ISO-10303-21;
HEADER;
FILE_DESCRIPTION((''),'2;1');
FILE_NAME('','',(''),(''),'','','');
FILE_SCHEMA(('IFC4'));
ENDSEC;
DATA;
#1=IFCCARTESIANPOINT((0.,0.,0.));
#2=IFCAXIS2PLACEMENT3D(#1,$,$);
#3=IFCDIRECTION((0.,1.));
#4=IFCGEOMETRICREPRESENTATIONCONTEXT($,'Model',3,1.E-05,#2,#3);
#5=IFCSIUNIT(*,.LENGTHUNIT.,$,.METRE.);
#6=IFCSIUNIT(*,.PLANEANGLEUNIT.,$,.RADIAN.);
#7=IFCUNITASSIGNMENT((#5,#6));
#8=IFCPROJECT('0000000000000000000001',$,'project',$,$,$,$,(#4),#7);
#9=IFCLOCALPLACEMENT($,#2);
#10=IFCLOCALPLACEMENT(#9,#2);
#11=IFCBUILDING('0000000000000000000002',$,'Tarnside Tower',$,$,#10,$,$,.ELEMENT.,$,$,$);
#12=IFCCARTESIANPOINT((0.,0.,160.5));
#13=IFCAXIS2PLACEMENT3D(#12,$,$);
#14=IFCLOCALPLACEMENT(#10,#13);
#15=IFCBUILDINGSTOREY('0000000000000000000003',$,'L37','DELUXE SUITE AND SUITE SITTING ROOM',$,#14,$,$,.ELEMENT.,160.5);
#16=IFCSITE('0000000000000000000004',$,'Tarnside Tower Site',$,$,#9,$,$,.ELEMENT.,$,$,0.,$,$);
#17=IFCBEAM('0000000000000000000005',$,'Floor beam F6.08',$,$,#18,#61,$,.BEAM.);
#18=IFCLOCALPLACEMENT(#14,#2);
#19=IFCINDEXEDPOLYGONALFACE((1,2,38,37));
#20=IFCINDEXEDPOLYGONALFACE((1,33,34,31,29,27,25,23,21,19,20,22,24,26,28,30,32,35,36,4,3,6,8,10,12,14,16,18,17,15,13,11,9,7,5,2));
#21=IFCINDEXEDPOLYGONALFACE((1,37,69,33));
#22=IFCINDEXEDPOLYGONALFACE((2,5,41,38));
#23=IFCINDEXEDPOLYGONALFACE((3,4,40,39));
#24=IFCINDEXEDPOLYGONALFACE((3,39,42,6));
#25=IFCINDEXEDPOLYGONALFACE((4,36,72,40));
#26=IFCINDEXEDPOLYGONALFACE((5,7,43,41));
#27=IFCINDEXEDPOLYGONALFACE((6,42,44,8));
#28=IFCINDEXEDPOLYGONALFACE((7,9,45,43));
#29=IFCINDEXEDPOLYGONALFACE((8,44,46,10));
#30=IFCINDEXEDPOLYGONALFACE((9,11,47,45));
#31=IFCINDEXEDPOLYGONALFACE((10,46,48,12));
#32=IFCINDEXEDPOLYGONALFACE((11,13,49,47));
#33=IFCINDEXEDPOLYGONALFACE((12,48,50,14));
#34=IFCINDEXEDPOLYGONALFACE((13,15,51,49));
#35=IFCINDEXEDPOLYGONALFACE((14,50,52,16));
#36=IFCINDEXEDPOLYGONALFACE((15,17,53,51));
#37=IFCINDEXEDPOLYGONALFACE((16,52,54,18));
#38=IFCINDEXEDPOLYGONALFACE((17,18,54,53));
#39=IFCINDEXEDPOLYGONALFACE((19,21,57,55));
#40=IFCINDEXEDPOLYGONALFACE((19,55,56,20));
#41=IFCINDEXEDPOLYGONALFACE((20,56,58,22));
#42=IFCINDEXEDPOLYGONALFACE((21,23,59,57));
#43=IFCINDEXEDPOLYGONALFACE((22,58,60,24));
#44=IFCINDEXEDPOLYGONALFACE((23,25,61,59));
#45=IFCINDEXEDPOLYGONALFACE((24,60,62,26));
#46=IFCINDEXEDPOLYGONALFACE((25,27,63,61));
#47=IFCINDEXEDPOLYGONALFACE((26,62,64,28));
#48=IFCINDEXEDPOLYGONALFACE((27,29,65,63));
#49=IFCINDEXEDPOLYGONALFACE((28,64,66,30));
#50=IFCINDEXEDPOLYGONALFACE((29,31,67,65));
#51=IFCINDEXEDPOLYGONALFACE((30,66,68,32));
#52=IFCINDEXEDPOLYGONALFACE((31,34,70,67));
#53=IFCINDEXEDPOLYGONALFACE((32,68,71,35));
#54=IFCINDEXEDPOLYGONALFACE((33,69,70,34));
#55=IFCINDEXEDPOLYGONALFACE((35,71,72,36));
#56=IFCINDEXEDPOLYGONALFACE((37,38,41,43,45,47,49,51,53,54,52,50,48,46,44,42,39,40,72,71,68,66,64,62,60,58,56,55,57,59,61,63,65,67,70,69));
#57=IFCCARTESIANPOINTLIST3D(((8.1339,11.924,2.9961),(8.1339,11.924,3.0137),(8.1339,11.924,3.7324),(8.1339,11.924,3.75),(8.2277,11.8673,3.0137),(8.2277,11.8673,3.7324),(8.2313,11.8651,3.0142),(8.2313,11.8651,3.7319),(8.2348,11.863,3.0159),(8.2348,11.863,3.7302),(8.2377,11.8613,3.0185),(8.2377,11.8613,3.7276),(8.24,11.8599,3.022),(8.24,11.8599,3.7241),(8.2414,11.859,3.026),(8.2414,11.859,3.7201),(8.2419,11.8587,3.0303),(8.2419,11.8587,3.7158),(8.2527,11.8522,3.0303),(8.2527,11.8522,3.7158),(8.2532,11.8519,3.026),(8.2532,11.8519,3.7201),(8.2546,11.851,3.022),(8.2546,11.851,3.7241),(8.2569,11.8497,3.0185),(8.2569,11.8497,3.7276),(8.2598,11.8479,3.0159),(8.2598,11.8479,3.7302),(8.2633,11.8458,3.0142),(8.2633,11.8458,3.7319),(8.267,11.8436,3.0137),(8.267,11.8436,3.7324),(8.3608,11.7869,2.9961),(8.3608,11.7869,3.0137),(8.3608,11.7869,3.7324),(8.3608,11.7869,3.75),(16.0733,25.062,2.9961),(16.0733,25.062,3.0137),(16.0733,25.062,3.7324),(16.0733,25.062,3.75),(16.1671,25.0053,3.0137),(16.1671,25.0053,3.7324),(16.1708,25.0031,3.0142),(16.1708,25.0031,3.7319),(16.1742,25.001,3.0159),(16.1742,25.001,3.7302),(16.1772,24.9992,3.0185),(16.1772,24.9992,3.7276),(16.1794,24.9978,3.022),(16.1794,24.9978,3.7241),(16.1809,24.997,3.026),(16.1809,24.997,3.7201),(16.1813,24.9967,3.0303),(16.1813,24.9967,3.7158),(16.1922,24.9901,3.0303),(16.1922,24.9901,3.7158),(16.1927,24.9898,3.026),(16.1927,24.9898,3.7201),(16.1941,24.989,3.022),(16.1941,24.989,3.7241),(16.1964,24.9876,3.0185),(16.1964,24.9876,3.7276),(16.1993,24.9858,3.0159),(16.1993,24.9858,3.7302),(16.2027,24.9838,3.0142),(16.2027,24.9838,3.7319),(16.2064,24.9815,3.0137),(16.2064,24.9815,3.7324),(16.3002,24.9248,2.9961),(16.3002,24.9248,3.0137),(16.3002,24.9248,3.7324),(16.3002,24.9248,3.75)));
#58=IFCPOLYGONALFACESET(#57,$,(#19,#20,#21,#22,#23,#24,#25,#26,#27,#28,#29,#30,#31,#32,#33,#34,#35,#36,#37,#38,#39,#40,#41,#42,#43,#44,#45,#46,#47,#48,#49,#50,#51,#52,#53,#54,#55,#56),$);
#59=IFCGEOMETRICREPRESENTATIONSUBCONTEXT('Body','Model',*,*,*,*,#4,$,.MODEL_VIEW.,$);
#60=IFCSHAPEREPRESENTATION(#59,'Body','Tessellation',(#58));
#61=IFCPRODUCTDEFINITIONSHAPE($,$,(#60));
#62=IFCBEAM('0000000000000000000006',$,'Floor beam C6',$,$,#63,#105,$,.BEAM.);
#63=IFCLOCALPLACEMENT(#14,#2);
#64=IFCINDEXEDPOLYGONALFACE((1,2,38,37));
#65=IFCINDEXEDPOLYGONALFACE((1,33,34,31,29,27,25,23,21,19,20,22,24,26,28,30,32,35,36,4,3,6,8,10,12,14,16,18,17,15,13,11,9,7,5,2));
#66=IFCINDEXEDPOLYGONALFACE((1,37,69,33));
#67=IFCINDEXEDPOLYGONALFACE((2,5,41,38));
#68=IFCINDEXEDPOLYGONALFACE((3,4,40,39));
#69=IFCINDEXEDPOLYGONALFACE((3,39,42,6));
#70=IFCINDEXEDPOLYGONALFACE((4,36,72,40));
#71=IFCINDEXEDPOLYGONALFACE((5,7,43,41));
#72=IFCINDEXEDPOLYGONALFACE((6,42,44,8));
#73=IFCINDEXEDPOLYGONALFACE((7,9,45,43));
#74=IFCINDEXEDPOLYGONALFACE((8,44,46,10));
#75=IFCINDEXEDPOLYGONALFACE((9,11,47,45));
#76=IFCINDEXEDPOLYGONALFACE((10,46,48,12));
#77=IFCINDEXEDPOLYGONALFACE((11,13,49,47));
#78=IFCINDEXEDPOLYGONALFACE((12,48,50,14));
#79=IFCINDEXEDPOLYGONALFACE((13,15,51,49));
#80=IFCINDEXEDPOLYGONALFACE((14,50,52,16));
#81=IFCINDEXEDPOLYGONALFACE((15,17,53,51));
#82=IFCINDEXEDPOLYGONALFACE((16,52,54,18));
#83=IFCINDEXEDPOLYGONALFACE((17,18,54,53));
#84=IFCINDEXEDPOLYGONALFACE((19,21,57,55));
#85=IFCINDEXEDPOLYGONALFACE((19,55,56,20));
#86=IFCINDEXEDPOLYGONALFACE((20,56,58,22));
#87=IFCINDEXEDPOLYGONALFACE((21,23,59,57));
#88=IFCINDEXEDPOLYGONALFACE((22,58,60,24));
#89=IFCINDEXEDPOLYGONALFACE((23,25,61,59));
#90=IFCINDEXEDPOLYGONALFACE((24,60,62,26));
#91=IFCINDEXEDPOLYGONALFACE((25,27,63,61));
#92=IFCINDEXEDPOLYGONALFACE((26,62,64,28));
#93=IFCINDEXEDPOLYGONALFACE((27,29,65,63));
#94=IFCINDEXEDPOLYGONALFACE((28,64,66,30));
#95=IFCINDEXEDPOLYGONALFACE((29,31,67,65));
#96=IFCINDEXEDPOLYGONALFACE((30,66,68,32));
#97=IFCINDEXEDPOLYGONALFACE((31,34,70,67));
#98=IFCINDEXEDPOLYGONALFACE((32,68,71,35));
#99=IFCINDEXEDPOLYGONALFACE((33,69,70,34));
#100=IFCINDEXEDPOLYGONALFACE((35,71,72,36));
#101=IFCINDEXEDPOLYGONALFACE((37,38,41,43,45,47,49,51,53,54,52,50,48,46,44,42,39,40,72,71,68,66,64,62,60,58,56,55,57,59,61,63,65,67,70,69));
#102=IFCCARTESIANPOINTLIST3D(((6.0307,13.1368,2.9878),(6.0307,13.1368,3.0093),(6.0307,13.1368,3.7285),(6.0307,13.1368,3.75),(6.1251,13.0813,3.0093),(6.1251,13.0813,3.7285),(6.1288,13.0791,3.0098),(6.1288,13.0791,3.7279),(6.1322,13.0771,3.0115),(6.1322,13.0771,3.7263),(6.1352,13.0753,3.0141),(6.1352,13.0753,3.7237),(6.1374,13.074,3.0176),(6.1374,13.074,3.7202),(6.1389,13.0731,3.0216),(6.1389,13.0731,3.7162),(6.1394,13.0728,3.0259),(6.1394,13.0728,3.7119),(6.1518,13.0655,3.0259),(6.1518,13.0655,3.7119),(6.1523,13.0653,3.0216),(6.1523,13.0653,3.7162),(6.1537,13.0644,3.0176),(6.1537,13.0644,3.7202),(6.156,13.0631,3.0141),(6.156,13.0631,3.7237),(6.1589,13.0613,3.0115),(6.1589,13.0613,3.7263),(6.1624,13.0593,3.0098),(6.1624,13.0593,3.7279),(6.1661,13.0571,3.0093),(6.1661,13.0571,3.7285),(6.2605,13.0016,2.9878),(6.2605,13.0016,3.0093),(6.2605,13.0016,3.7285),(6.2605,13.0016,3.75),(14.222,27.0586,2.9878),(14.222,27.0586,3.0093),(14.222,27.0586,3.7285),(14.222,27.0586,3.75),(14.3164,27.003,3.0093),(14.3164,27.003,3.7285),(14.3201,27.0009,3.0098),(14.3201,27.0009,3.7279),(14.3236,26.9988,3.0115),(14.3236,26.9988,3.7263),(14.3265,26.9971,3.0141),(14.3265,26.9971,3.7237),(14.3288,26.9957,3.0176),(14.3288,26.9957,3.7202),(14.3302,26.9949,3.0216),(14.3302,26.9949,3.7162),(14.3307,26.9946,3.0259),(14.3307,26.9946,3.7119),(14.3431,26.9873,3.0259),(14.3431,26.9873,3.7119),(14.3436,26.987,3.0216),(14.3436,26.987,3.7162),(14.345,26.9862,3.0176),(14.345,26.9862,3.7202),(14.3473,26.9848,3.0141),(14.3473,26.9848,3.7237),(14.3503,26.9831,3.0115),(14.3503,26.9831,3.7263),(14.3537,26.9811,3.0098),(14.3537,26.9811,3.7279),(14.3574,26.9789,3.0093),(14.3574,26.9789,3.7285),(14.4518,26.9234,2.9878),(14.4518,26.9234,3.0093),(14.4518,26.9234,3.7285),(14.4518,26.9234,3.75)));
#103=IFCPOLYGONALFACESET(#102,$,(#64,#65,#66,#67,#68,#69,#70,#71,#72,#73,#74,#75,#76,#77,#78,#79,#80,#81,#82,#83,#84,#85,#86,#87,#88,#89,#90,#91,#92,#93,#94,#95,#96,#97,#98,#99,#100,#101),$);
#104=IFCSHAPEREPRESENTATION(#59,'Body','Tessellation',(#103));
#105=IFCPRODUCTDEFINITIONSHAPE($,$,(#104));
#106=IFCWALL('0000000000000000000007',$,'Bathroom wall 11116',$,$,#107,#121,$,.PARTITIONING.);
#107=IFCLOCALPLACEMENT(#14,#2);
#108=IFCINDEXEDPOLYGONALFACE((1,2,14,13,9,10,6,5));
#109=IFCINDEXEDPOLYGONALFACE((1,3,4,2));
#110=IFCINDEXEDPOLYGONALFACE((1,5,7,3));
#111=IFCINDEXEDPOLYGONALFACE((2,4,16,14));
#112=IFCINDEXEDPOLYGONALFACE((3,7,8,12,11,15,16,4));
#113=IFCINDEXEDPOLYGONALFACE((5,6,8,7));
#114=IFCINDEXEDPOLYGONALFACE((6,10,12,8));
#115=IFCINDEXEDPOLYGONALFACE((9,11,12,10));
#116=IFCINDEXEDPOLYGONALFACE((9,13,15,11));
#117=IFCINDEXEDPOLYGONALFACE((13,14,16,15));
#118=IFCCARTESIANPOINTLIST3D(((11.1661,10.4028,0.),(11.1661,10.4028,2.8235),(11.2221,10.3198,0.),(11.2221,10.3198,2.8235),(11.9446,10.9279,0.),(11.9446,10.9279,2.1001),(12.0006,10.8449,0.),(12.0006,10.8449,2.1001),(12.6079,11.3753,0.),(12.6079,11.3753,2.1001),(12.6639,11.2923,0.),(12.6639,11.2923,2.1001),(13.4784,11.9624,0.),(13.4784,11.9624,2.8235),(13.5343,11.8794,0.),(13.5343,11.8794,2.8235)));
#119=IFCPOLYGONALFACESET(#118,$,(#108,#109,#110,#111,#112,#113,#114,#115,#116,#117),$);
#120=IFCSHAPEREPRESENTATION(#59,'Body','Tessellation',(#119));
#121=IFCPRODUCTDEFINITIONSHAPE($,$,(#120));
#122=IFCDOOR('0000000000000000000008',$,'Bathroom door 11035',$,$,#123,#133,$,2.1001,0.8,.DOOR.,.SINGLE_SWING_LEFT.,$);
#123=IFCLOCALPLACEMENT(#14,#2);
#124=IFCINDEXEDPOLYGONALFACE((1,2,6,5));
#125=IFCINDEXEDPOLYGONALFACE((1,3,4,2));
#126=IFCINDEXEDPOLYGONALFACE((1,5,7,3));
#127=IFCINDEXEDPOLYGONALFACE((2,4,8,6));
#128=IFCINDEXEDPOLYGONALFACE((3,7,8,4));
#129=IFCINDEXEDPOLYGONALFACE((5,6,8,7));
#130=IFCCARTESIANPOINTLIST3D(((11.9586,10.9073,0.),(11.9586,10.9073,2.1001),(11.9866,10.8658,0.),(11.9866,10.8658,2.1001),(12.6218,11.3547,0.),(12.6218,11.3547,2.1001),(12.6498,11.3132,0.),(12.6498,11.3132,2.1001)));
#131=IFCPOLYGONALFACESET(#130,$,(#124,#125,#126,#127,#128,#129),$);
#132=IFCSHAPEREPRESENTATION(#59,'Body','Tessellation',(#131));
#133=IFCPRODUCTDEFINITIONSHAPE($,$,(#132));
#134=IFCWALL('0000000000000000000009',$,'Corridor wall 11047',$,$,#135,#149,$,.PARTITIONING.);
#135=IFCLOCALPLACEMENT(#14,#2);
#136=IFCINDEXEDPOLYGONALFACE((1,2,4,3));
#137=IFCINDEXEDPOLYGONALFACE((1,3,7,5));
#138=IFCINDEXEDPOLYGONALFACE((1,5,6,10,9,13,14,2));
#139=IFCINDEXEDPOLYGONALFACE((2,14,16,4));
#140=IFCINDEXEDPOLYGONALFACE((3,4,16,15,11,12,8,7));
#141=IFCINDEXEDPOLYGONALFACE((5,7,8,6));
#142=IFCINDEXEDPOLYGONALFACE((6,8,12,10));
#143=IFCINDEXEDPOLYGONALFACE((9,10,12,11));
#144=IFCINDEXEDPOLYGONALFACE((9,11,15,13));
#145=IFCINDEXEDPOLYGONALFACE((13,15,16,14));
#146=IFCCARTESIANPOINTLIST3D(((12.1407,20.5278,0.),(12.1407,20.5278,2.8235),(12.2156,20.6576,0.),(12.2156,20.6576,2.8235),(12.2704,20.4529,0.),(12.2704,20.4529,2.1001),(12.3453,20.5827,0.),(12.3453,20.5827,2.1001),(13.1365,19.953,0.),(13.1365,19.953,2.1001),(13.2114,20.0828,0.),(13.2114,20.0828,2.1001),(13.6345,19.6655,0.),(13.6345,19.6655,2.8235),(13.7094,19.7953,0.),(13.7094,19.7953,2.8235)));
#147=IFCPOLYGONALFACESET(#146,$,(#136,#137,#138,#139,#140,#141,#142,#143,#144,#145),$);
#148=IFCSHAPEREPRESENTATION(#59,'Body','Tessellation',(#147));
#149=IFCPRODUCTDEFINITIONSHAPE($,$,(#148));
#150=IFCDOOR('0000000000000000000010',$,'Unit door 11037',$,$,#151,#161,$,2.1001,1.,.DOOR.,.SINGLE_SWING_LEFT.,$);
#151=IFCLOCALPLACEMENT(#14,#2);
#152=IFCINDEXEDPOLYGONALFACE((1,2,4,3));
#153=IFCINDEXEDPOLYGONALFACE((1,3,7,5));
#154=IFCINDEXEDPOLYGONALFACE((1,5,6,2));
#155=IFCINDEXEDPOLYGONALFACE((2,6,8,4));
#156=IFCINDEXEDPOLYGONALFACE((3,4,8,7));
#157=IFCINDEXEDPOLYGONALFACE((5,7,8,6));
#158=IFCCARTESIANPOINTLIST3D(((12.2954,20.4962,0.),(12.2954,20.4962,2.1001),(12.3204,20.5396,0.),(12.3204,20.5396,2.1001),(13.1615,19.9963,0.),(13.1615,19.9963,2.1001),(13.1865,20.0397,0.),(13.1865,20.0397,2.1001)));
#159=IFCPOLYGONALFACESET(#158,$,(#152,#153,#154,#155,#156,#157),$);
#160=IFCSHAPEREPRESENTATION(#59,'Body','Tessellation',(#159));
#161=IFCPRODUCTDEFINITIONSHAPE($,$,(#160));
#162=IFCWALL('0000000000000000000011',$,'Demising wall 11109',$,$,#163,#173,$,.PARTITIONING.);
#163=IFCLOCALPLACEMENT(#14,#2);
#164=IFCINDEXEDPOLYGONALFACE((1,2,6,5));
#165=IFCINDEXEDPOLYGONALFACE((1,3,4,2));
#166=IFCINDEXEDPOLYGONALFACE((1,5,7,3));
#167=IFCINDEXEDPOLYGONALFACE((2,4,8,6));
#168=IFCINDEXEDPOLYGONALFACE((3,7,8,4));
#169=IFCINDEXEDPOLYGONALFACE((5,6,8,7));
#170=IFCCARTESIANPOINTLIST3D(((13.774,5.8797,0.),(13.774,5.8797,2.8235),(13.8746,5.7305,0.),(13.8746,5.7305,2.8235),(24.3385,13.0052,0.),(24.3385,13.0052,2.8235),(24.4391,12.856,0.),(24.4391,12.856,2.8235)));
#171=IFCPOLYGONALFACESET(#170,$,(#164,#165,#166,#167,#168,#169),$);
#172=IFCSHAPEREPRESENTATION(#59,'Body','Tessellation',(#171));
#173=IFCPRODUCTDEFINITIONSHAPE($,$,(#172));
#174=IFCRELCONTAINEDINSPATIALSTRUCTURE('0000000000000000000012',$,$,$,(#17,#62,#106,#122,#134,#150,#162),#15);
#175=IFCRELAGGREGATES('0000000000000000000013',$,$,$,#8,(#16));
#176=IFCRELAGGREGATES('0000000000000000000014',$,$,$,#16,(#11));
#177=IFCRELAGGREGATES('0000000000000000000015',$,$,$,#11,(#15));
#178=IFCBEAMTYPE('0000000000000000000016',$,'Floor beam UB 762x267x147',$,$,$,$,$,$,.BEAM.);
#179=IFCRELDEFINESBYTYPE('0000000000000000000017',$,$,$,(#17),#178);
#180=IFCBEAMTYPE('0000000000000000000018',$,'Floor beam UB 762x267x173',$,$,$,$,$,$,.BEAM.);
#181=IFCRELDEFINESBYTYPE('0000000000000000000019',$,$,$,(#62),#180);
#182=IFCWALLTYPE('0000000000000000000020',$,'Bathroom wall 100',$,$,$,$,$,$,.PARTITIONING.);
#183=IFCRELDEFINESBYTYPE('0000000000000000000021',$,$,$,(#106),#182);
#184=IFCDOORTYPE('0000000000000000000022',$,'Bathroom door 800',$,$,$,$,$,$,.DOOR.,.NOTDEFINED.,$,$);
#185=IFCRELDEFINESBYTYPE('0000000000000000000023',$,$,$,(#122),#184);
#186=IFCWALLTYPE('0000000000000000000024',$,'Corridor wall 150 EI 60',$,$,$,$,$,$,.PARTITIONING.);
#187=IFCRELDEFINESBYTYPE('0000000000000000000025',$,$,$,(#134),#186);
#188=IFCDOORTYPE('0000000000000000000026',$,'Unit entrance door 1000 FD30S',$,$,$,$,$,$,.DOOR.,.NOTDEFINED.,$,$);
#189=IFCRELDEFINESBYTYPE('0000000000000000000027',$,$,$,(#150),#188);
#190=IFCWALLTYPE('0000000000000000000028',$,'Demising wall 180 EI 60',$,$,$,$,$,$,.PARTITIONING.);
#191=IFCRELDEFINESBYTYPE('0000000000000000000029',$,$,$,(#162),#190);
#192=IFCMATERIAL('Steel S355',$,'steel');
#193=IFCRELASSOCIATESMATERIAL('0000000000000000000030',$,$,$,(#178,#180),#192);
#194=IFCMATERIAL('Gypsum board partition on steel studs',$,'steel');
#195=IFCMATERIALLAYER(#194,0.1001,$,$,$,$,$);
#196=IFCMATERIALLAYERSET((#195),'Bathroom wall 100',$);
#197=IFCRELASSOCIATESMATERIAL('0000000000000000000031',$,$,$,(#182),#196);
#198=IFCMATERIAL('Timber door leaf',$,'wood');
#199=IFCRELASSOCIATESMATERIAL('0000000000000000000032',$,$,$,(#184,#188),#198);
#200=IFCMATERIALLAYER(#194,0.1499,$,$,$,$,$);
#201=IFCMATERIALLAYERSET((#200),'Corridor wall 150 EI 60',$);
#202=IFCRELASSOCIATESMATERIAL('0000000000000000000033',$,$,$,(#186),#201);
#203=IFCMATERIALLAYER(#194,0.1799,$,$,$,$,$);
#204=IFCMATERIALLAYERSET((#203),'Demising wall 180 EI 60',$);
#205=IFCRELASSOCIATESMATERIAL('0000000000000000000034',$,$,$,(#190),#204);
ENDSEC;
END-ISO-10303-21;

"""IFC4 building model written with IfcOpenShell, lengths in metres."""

from ifc_helpers import new_model, si_unit, direction, frame, frame_2d, origin, origin_2d, place, context, subcontext, project, spatial, rectangle, i_section, extrude, material, layer, layer_set, material_profile, profile_set, type_object, element, fill, save


model = new_model("IFC4")

# Units and contexts
model_context = context("Model", 3, precision=1e-05, world=origin(), true_north=direction((0.0, 1.0)))
body_context = subcontext(model_context, "Body", "Model", "MODEL_VIEW")
ifc_project = project(units=[si_unit("LENGTHUNIT", "METRE"), si_unit("PLANEANGLEUNIT", "RADIAN")], contexts=[model_context])

# Site, building, storey
site_placement = place(None, origin())
site = spatial("IfcSite", under=ifc_project, at=site_placement, Name="Tarnside Tower Site", CompositionType="ELEMENT", RefElevation=0.0)
building_placement = place(site_placement, origin())
building = spatial("IfcBuilding", under=site, at=building_placement, Name="Tarnside Tower", CompositionType="ELEMENT")
storey_placement = place(building_placement, frame((0.0, 0.0, 160.5)))
storey = spatial("IfcBuildingStorey", under=building, at=storey_placement, Name="L37", Description="DELUXE SUITE AND SUITE SITTING ROOM", CompositionType="ELEMENT", Elevation=160.5)

# Beams
ifc_material_1 = material(Name="Steel S355", Category="steel")
ifc_material_profile_1 = material_profile(ifc_material_1, i_section(OverallWidth=0.2651, OverallDepth=0.7539, WebThickness=0.0127, FlangeThickness=0.0176, FilletRadius=0.0166, at=origin_2d()), Name="UB 762x267x147")
ifc_profile_set_1 = profile_set([ifc_material_profile_1], Name="Steel S355")
beam_type_1 = type_object("IfcBeamType", Name="Floor beam UB 762x267x147", PredefinedType="BEAM", material=ifc_profile_set_1)
beam_1_placement = place(storey_placement, frame((16.1868, 24.9934, 3.373), z_axis=(-0.517209, -0.855859, 0.0), x_axis=(0.855859, -0.517209, 0.0)))
element("IfcBeam", 1, at=beam_1_placement, inside=storey, type_object=beam_type_1, Name="Floor beam F6.08", PredefinedType="BEAM", context=body_context, shape_type="SweptSolid", body=[
    extrude(i_section(OverallWidth=0.2651, OverallDepth=0.7539, WebThickness=0.0127, FlangeThickness=0.0176, FilletRadius=0.0166, at=origin_2d()), origin(), (0.0, 0.0, 1.0), 15.3506),
])
ifc_material_profile_2 = material_profile(ifc_material_1, i_section(OverallWidth=0.2666, OverallDepth=0.7622, WebThickness=0.0144, FlangeThickness=0.0215, FilletRadius=0.0166, at=origin_2d()), Name="UB 762x267x173")
ifc_profile_set_2 = profile_set([ifc_material_profile_2], Name="Steel S355")
beam_type_2 = type_object("IfcBeamType", Name="Floor beam UB 762x267x173", PredefinedType="BEAM", material=ifc_profile_set_2)
beam_2_placement = place(storey_placement, frame((14.3369, 26.991, 3.3689), z_axis=(-0.507115, -0.861878, 0.0), x_axis=(0.861878, -0.507115, 0.0)))
element("IfcBeam", 2, at=beam_2_placement, inside=storey, type_object=beam_type_2, Name="Floor beam C6", PredefinedType="BEAM", context=body_context, shape_type="SweptSolid", body=[
    extrude(i_section(OverallWidth=0.2666, OverallDepth=0.7622, WebThickness=0.0144, FlangeThickness=0.0215, FilletRadius=0.0166, at=origin_2d()), origin(), (0.0, 0.0, 1.0), 16.1528),
])

# Walls, openings, doors
ifc_material_2 = material(Name="Gypsum board partition on steel studs", Category="steel")
ifc_layer_1 = layer(ifc_material_2, 0.1001)
ifc_layer_set_1 = layer_set([ifc_layer_1], Name="Bathroom wall 100")
wall_type_1 = type_object("IfcWallType", Name="Bathroom wall 100", PredefinedType="PARTITIONING", material=ifc_layer_set_1)
wall_1_placement = place(storey_placement, frame((13.5063, 11.9209, 0.0), z_axis=(0.0, 0.0, 1.0), x_axis=(-0.829049, -0.559177, 0.0)))
wall_1 = element("IfcWall", 3, at=wall_1_placement, inside=storey, type_object=wall_type_1, Name="Bathroom wall 11116", PredefinedType="PARTITIONING", context=body_context, shape_type="SweptSolid", body=[
    extrude(rectangle(XDim=2.7891, YDim=0.1001, at=frame_2d((1.3945, 0.0))), origin(), (0.0, 0.0, 1.0), 2.8235),
])
opening_1_placement = place(wall_1_placement, frame((1.05, 0.0, 0.0)))
opening_1 = element("IfcOpeningElement", 4, at=opening_1_placement, cuts=wall_1, PredefinedType="OPENING", context=body_context, shape_type="SweptSolid", body=[
    extrude(rectangle(XDim=0.8, YDim=2.1001, at=frame_2d((0.3999, 1.05))), frame((0.0, 0.0601, 0.0), z_axis=(0.0, -1.0, 0.0), x_axis=(1.0, 0.0, 0.0)), (0.0, 0.0, 1.0), 0.1201),
])
ifc_material_3 = material(Name="Timber door leaf", Category="wood")
door_type_1 = type_object("IfcDoorType", Name="Bathroom door 800", OperationType="NOTDEFINED", PredefinedType="DOOR", material=ifc_material_3)
door_1_placement = place(opening_1_placement, origin())
door_1 = element("IfcDoor", 5, at=door_1_placement, inside=storey, type_object=door_type_1, Name="Bathroom door 11035", OperationType="SINGLE_SWING_LEFT", OverallHeight=2.1001, OverallWidth=0.8, PredefinedType="DOOR", context=body_context, shape_type="SweptSolid", body=[
    extrude(rectangle(XDim=0.8, YDim=2.1001, at=frame_2d((0.3999, 1.05))), frame((0.0, 0.0249, 0.0), z_axis=(0.0, -1.0, 0.0), x_axis=(1.0, 0.0, 0.0)), (0.0, 0.0, 1.0), 0.05),
])
fill(opening_1, door_1)
ifc_layer_2 = layer(ifc_material_2, 0.1499)
ifc_layer_set_2 = layer_set([ifc_layer_2], Name="Corridor wall 150 EI 60")
wall_type_2 = type_object("IfcWallType", Name="Corridor wall 150 EI 60", PredefinedType="PARTITIONING", material=ifc_layer_set_2)
wall_2_placement = place(storey_placement, frame((13.6719, 19.7305, 0.0), z_axis=(0.0, 0.0, 1.0), x_axis=(-0.866075, 0.499914, 0.0)))
wall_2 = element("IfcWall", 6, at=wall_2_placement, inside=storey, type_object=wall_type_2, Name="Corridor wall 11047", PredefinedType="PARTITIONING", context=body_context, shape_type="SweptSolid", body=[
    extrude(rectangle(XDim=1.7249, YDim=0.1499, at=frame_2d((0.8623, 0.0))), origin(), (0.0, 0.0, 1.0), 2.8235),
])
opening_2_placement = place(wall_2_placement, frame((0.575, 0.0, 0.0)))
opening_2 = element("IfcOpeningElement", 7, at=opening_2_placement, cuts=wall_2, PredefinedType="OPENING", context=body_context, shape_type="SweptSolid", body=[
    extrude(rectangle(XDim=1.0, YDim=2.1001, at=frame_2d((0.5, 1.05))), frame((0.0, 0.085, 0.0), z_axis=(0.0, -1.0, 0.0), x_axis=(1.0, 0.0, 0.0)), (0.0, 0.0, 1.0), 0.1699),
])
door_type_2 = type_object("IfcDoorType", Name="Unit entrance door 1000 FD30S", OperationType="NOTDEFINED", PredefinedType="DOOR", material=ifc_material_3)
door_2_placement = place(opening_2_placement, origin())
door_2 = element("IfcDoor", 8, at=door_2_placement, inside=storey, type_object=door_type_2, Name="Unit door 11037", OperationType="SINGLE_SWING_LEFT", OverallHeight=2.1001, OverallWidth=1.0, PredefinedType="DOOR", context=body_context, shape_type="SweptSolid", body=[
    extrude(rectangle(XDim=1.0, YDim=2.1001, at=frame_2d((0.5, 1.05))), frame((0.0, 0.0249, 0.0), z_axis=(0.0, -1.0, 0.0), x_axis=(1.0, 0.0, 0.0)), (0.0, 0.0, 1.0), 0.05),
])
fill(opening_2, door_2)

# Wall
ifc_layer_3 = layer(ifc_material_2, 0.1799)
ifc_layer_set_3 = layer_set([ifc_layer_3], Name="Demising wall 180 EI 60")
wall_type_3 = type_object("IfcWallType", Name="Demising wall 180 EI 60", PredefinedType="PARTITIONING", material=ifc_layer_set_3)
wall_3_placement = place(storey_placement, frame((24.3889, 12.9307, 0.0), z_axis=(0.0, 0.0, 1.0), x_axis=(-0.829049, -0.559175, 0.0)))
element("IfcWall", 9, at=wall_3_placement, inside=storey, type_object=wall_type_3, Name="Demising wall 11109", PredefinedType="PARTITIONING", context=body_context, shape_type="SweptSolid", body=[
    extrude(rectangle(XDim=12.7429, YDim=0.1799, at=frame_2d((6.3716, 0.0))), origin(), (0.0, 0.0, 1.0), 2.8235),
])

save(model, "model.ifc")
